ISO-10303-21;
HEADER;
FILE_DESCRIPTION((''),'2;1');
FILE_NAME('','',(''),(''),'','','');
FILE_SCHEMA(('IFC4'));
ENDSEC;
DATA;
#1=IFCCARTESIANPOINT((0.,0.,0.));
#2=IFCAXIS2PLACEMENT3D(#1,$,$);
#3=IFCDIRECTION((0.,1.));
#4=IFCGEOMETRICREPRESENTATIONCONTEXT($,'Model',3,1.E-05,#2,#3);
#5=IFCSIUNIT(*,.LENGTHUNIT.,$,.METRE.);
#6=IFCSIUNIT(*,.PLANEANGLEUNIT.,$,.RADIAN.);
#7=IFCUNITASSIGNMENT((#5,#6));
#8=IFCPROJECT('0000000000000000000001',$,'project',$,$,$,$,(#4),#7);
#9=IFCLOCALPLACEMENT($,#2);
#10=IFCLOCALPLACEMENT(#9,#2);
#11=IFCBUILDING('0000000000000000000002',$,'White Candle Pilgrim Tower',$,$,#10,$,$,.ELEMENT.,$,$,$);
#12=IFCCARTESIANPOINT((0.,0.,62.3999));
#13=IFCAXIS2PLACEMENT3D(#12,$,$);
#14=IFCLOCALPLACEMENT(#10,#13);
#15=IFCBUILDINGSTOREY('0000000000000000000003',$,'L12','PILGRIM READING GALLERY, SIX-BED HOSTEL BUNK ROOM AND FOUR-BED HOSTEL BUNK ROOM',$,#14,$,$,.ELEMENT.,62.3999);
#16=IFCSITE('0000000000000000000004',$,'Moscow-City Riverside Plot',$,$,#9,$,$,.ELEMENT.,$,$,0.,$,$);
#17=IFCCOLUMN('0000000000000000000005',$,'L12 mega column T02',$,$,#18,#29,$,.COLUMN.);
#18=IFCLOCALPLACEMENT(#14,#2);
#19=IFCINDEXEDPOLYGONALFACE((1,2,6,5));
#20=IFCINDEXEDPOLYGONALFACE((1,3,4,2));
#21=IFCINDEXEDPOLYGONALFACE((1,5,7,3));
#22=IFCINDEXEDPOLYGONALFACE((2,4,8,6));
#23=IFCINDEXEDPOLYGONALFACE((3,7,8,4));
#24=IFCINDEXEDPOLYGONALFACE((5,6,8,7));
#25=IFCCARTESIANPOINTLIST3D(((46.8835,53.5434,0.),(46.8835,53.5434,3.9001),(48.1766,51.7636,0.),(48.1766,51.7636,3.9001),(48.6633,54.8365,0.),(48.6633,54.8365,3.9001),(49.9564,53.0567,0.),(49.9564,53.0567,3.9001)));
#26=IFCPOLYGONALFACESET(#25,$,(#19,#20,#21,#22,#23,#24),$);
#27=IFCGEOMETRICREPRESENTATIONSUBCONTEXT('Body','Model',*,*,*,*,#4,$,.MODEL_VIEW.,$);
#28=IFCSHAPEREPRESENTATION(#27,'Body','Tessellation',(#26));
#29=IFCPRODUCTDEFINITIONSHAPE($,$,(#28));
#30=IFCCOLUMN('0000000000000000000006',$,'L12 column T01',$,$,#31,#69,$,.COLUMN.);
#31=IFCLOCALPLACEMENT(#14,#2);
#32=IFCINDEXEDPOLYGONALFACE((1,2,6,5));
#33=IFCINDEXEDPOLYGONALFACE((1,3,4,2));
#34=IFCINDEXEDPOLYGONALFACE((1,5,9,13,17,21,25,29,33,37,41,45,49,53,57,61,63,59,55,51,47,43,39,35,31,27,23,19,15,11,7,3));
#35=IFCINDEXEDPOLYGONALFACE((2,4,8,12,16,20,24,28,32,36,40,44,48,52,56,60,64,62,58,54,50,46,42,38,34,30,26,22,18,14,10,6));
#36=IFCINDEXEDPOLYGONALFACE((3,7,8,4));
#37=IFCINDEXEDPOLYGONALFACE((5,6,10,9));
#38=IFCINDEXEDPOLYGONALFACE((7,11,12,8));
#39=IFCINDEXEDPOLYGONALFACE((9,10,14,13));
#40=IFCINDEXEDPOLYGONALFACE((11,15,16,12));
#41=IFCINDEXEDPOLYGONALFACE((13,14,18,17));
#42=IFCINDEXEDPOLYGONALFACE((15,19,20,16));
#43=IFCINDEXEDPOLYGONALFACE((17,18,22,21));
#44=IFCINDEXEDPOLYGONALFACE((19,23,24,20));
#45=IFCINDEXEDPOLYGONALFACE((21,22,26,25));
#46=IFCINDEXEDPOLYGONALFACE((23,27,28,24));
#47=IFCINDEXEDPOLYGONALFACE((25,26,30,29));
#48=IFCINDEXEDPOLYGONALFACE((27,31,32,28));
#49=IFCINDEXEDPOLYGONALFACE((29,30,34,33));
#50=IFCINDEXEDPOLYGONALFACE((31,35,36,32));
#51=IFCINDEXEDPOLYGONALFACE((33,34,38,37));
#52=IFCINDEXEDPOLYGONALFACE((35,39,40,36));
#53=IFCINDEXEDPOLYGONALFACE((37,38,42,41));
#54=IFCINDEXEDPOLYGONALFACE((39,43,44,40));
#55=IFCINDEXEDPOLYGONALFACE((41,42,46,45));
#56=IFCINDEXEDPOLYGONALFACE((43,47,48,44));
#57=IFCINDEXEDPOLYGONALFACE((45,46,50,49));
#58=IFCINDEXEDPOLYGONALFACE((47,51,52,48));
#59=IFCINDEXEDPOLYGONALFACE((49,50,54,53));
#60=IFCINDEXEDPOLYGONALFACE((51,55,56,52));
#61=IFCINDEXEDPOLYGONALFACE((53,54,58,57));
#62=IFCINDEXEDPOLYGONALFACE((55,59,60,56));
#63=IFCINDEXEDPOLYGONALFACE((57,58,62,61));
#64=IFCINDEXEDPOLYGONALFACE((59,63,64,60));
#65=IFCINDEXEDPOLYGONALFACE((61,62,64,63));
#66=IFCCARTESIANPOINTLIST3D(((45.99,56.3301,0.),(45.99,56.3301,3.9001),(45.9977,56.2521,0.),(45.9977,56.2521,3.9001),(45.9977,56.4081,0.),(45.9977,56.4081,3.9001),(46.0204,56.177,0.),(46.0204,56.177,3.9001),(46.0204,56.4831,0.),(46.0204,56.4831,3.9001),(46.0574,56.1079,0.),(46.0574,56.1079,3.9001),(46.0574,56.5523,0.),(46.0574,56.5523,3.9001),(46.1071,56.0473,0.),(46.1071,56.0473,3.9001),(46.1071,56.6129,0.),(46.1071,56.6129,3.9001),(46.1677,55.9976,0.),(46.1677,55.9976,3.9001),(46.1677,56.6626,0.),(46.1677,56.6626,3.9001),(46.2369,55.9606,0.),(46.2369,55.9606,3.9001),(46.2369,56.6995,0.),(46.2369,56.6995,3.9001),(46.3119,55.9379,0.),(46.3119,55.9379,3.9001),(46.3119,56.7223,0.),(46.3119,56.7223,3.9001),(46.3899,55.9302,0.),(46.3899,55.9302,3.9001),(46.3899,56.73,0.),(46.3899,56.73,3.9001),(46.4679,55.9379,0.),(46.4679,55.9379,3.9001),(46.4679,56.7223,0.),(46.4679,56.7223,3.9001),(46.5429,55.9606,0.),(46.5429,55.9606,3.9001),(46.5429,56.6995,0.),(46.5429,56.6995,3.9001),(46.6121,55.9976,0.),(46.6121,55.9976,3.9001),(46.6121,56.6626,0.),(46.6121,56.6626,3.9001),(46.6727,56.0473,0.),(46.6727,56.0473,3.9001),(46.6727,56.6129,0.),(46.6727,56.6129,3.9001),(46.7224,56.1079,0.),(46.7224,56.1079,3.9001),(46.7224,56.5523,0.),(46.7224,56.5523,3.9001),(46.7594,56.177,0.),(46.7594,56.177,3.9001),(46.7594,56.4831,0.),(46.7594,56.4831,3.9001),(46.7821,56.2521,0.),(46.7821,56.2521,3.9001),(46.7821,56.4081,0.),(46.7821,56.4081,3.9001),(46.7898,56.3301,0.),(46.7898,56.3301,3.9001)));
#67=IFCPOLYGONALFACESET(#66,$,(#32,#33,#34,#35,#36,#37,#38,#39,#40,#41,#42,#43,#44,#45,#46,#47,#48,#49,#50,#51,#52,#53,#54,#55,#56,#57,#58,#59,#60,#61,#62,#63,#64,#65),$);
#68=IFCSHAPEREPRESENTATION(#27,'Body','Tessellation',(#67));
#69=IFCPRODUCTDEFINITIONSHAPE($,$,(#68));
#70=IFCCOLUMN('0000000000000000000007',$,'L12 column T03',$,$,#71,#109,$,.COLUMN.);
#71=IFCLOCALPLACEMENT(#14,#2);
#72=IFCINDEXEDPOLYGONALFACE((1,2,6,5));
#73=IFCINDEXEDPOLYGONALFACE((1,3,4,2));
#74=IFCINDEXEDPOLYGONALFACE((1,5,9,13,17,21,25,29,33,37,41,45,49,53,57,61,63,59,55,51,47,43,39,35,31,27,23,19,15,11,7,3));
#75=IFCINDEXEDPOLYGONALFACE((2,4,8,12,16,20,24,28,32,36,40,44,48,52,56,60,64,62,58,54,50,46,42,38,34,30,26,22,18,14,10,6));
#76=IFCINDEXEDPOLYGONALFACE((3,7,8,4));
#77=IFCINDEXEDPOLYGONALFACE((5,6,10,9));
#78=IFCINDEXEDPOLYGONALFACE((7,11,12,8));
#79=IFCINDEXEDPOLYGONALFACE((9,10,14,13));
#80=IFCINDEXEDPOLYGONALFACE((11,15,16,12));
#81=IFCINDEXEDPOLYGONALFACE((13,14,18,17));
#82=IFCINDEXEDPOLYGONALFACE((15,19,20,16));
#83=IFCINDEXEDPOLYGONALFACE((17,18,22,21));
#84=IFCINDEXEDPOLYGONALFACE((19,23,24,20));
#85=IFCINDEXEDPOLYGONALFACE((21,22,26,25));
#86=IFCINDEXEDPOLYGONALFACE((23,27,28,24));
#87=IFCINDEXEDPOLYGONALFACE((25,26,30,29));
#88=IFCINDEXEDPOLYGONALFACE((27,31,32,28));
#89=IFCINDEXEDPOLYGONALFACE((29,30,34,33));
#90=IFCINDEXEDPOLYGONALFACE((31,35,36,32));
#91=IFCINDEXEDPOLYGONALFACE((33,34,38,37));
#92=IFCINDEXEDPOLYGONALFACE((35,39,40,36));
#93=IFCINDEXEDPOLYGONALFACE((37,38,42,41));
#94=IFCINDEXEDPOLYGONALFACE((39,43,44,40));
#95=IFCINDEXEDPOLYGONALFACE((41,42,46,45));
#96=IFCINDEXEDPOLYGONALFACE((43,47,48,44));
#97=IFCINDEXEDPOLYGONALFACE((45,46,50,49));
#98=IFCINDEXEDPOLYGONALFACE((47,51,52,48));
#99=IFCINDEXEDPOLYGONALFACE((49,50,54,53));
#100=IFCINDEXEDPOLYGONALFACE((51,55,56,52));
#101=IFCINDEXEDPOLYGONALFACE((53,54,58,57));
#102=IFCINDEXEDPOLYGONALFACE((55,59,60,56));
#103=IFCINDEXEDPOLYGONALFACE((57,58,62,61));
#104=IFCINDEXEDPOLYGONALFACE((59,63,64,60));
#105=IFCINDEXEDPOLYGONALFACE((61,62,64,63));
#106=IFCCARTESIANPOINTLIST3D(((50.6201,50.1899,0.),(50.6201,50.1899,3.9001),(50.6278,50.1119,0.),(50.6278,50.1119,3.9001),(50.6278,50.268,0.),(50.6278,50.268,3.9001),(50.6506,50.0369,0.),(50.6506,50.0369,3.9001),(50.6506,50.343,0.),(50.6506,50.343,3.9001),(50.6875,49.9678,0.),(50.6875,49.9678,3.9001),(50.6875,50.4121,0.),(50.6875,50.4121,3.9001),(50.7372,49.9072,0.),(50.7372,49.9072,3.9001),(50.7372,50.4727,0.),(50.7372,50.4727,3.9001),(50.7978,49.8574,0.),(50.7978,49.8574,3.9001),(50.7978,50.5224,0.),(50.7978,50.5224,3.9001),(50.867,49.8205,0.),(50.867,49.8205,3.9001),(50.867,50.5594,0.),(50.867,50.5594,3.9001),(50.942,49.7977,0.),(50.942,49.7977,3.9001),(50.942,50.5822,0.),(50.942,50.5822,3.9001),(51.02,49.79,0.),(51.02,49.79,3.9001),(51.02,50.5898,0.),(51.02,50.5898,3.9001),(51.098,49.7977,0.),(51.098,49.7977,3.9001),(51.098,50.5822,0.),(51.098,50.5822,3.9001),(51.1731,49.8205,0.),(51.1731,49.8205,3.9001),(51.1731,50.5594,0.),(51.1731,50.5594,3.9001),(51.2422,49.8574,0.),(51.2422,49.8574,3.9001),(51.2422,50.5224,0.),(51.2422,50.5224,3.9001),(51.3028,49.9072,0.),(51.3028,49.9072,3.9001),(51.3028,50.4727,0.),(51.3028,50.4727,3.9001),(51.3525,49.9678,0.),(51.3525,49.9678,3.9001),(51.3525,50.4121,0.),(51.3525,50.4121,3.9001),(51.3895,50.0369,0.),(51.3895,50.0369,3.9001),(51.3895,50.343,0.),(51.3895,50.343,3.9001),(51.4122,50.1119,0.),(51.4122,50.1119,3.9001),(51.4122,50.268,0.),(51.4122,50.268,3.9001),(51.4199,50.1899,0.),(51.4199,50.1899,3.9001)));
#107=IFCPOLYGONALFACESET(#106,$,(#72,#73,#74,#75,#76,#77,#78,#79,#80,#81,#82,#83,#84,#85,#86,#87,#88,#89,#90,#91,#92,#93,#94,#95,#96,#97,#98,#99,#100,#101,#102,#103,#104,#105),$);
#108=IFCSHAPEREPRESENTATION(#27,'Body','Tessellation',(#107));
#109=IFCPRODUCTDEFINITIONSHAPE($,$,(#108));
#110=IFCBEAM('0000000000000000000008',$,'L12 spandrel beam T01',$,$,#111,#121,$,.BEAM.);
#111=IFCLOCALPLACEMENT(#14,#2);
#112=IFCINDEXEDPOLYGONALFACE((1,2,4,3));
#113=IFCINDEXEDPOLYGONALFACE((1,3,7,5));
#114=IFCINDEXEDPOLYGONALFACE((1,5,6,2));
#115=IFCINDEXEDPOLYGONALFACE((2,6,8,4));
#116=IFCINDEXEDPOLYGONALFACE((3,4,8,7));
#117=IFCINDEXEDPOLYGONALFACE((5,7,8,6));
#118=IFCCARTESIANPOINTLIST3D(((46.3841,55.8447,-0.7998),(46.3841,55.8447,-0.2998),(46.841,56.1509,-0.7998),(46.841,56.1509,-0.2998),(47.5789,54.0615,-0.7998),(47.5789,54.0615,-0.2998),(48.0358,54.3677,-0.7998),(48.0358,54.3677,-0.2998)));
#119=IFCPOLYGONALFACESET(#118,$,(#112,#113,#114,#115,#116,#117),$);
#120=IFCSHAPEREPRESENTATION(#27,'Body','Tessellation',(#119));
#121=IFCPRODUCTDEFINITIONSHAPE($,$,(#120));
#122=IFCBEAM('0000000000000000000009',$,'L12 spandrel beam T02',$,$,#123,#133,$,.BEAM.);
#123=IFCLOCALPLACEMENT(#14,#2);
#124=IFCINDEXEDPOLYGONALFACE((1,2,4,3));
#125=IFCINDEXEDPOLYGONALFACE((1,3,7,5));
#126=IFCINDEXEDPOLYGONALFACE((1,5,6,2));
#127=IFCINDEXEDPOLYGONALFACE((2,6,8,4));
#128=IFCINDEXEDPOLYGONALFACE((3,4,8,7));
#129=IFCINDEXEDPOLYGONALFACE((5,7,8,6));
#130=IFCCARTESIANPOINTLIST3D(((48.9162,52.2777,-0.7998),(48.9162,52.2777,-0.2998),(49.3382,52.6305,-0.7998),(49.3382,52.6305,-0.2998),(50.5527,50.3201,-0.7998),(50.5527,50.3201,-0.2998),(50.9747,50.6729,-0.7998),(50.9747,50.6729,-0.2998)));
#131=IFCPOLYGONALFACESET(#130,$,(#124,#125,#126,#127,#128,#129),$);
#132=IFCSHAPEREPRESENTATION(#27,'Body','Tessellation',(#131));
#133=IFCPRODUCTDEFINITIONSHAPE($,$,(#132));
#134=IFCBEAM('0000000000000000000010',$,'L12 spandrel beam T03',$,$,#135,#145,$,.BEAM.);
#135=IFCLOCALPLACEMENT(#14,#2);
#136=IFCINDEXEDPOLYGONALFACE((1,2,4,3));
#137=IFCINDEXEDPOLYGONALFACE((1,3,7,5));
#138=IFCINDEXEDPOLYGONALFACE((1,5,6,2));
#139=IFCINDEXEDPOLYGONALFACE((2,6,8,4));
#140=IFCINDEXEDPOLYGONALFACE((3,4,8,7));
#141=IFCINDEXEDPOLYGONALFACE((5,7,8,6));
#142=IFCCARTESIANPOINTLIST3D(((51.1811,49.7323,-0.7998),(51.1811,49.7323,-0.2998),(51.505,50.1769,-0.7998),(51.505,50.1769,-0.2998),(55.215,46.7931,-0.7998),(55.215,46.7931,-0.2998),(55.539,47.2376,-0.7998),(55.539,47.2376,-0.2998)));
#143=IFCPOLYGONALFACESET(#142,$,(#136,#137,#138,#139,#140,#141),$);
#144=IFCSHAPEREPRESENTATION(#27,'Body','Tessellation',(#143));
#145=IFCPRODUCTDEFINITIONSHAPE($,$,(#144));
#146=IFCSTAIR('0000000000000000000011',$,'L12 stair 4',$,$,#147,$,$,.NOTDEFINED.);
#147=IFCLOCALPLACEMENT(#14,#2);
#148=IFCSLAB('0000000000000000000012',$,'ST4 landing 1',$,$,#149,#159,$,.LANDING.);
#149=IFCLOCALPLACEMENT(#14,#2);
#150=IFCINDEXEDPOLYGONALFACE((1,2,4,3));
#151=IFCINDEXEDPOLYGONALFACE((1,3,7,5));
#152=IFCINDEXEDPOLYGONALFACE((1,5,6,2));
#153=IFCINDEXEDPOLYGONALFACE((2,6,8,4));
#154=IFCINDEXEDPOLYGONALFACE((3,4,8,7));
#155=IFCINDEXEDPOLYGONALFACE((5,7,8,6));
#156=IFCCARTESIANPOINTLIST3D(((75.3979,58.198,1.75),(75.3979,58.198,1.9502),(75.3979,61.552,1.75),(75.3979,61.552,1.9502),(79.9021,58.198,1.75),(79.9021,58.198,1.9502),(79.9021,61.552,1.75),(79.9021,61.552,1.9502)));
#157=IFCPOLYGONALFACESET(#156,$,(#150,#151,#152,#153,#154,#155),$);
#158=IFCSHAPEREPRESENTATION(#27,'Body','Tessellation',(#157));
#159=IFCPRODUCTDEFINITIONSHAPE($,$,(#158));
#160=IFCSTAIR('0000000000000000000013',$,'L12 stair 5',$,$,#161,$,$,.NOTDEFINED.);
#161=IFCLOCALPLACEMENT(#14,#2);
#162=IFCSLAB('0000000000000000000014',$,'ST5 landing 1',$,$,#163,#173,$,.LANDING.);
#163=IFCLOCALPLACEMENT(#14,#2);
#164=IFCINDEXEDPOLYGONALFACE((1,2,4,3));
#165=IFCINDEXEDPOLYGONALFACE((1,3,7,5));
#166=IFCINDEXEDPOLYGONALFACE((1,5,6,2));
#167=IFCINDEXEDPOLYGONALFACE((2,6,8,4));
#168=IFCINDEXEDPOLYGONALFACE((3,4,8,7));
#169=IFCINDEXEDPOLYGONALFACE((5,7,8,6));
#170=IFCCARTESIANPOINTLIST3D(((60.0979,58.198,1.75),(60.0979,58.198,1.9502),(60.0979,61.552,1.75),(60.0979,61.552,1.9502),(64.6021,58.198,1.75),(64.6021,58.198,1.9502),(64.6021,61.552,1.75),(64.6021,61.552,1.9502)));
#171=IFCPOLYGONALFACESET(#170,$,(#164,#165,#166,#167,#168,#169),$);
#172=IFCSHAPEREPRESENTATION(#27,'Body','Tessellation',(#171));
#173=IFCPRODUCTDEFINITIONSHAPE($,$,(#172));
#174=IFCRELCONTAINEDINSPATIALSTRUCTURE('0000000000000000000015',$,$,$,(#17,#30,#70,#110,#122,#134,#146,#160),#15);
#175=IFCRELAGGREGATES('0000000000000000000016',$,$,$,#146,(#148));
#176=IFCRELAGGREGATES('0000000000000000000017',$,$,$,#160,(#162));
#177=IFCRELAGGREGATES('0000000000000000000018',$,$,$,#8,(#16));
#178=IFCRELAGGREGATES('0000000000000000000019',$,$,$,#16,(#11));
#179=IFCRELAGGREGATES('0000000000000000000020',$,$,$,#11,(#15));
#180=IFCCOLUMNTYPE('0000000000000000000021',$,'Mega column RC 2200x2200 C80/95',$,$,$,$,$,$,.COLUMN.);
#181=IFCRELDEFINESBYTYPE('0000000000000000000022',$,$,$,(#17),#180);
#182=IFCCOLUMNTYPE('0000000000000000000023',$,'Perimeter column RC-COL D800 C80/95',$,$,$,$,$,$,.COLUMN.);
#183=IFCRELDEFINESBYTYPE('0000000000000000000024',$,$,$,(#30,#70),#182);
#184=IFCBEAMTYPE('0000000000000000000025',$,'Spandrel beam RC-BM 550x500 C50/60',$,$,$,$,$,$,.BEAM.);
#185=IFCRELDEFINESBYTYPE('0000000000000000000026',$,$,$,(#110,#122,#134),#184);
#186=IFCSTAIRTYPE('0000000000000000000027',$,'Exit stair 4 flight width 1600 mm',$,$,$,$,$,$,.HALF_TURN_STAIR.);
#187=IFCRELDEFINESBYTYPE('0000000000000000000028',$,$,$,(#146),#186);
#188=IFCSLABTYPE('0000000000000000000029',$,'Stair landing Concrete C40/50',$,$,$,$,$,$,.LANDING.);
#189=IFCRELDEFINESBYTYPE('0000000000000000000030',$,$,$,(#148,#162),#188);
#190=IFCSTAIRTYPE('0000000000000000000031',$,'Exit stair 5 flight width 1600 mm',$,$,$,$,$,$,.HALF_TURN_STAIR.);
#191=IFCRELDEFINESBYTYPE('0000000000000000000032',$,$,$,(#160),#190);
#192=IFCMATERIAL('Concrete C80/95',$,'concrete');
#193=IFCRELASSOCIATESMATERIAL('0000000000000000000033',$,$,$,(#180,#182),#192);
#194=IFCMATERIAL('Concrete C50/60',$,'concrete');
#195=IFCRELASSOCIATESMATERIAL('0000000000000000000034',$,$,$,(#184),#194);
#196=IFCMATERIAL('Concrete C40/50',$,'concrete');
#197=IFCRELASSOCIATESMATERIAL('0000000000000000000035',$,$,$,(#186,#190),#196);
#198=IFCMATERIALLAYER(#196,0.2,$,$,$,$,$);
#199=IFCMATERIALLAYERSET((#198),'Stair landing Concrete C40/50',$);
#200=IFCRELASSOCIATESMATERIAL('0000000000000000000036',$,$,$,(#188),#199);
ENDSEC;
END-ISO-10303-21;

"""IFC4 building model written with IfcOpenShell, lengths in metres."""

from ifc_helpers import new_model, si_unit, direction, frame, origin, origin_2d, place, context, subcontext, project, spatial, polyline, rectangle, circle, outline, extrude, material, layer, layer_set, material_profile, profile_set, type_object, element, aggregate, save


model = new_model("IFC4")

# Units and contexts
model_context = context("Model", 3, precision=1e-05, world=origin(), true_north=direction((0.0, 1.0)))
body_context = subcontext(model_context, "Body", "Model", "MODEL_VIEW")
ifc_project = project(units=[si_unit("LENGTHUNIT", "METRE"), si_unit("PLANEANGLEUNIT", "RADIAN")], contexts=[model_context])

# Site, building, storey
site_placement = place(None, origin())
site = spatial("IfcSite", under=ifc_project, at=site_placement, Name="Moscow-City Riverside Plot", CompositionType="ELEMENT", RefElevation=0.0)
building_placement = place(site_placement, origin())
building = spatial("IfcBuilding", under=site, at=building_placement, Name="White Candle Pilgrim Tower", CompositionType="ELEMENT")
storey_placement = place(building_placement, frame((0.0, 0.0, 62.3999)))
storey = spatial("IfcBuildingStorey", under=building, at=storey_placement, Name="L12", Description="PILGRIM READING GALLERY, SIX-BED HOSTEL BUNK ROOM AND FOUR-BED HOSTEL BUNK ROOM", CompositionType="ELEMENT", Elevation=62.3999)

# Columns
ifc_material_1 = material(Name="Concrete C80/95", Category="concrete")
ifc_material_profile_1 = material_profile(ifc_material_1, rectangle(XDim=2.2, YDim=2.2, at=origin_2d()), Name="RC 2200x2200")
ifc_profile_set_1 = profile_set([ifc_material_profile_1], Name="Concrete C80/95")
column_type_1 = type_object("IfcColumnType", Name="Mega column RC 2200x2200 C80/95", PredefinedType="COLUMN", material=ifc_profile_set_1)
column_placement = place(storey_placement, frame((48.4199, 53.3, 0.0), z_axis=(0.0, 0.0, 1.0), x_axis=(-0.809017, -0.587785, 0.0)))
element("IfcColumn", 1, at=column_placement, inside=storey, type_object=column_type_1, Name="L12 mega column T02", PredefinedType="COLUMN", context=body_context, shape_type="SweptSolid", body=[
    extrude(rectangle(XDim=2.2, YDim=2.2, at=origin_2d()), origin(), (0.0, 0.0, 1.0), 3.9001),
])
ifc_material_profile_2 = material_profile(ifc_material_1, circle(Radius=0.3999, at=origin_2d()), Name="RC-COL D800")
ifc_profile_set_2 = profile_set([ifc_material_profile_2], Name="Concrete C80/95")
column_type_2 = type_object("IfcColumnType", Name="Perimeter column RC-COL D800 C80/95", PredefinedType="COLUMN", material=ifc_profile_set_2)
for number, where, z_axis, x_axis, name in (
    (2, (46.3899, 56.3301, 0.0), (0.0, 0.0, 1.0), (1.0, 0.0, 0.0), "L12 column T01"),
    (3, (51.02, 50.1899, 0.0), (0.0, 0.0, 1.0), (1.0, 0.0, 0.0), "L12 column T03"),
):
    element("IfcColumn", number, at=place(storey_placement, frame(where, z_axis=z_axis, x_axis=x_axis)), inside=storey, type_object=column_type_2, Name=name, PredefinedType="COLUMN", context=body_context, shape_type="SweptSolid", body=[
        extrude(circle(Radius=0.3999, at=origin_2d()), origin(), (0.0, 0.0, 1.0), 3.9001),
    ])

# Beams
ifc_material_2 = material(Name="Concrete C50/60", Category="concrete")
ifc_material_profile_3 = material_profile(ifc_material_2, rectangle(XDim=0.55, YDim=0.5, at=origin_2d()), Name="RC-BM 550x500")
ifc_profile_set_3 = profile_set([ifc_material_profile_3], Name="Concrete C50/60")
beam_type = type_object("IfcBeamType", Name="Spandrel beam RC-BM 550x500 C50/60", PredefinedType="BEAM", material=ifc_profile_set_3)
beam_1_placement = place(storey_placement, frame((46.6125, 55.9978, -0.5498), z_axis=(0.556641, -0.830753, 0.0), x_axis=(0.830753, 0.556641, 0.0)))
element("IfcBeam", 4, at=beam_1_placement, inside=storey, type_object=beam_type, Name="L12 spandrel beam T01", PredefinedType="BEAM", context=body_context, shape_type="SweptSolid", body=[
    extrude(rectangle(XDim=0.55, YDim=0.5, at=origin_2d()), origin(), (0.0, 0.0, 1.0), 2.1465),
])
beam_2_placement = place(storey_placement, frame((49.1272, 52.4541, -0.5498), z_axis=(0.641388, -0.767216, 0.0), x_axis=(0.767216, 0.641388, 0.0)))
element("IfcBeam", 5, at=beam_2_placement, inside=storey, type_object=beam_type, Name="L12 spandrel beam T02", PredefinedType="BEAM", context=body_context, shape_type="SweptSolid", body=[
    extrude(rectangle(XDim=0.55, YDim=0.5, at=origin_2d()), origin(), (0.0, 0.0, 1.0), 2.5515),
])
beam_3_placement = place(storey_placement, frame((51.343, 49.9546, -0.5498), z_axis=(0.808218, -0.588884, 0.0), x_axis=(0.588884, 0.808218, 0.0)))
element("IfcBeam", 6, at=beam_3_placement, inside=storey, type_object=beam_type, Name="L12 spandrel beam T03", PredefinedType="BEAM", context=body_context, shape_type="SweptSolid", body=[
    extrude(rectangle(XDim=0.55, YDim=0.5, at=origin_2d()), origin(), (0.0, 0.0, 1.0), 4.9912),
])

# Stairs, slabs
ifc_material_3 = material(Name="Concrete C40/50", Category="concrete")
stair_type_1 = type_object("IfcStairType", Name="Exit stair 4 flight width 1600 mm", PredefinedType="HALF_TURN_STAIR", material=ifc_material_3)
stair_1_placement = place(storey_placement, origin())
stair_1 = element("IfcStair", 7, at=stair_1_placement, inside=storey, type_object=stair_type_1, Name="L12 stair 4", PredefinedType="NOTDEFINED")
ifc_layer_1 = layer(ifc_material_3, 0.2)
ifc_layer_set_1 = layer_set([ifc_layer_1], Name="Stair landing Concrete C40/50")
slab_type = type_object("IfcSlabType", Name="Stair landing Concrete C40/50", PredefinedType="LANDING", material=ifc_layer_set_1)
slab_1_placement = place(storey_placement, frame((0.0, 0.0, 1.75)))
slab_1 = element("IfcSlab", 8, at=slab_1_placement, type_object=slab_type, Name="ST4 landing 1", PredefinedType="LANDING", context=body_context, shape_type="SweptSolid", body=[
    extrude(outline(polyline([(79.9021, 61.552), (79.9021, 58.198), (75.3979, 58.198), (75.3979, 61.552), (79.9021, 61.552)])), origin(), (0.0, 0.0, 1.0), 0.2002),
])
aggregate(stair_1, [slab_1])
stair_type_2 = type_object("IfcStairType", Name="Exit stair 5 flight width 1600 mm", PredefinedType="HALF_TURN_STAIR", material=ifc_material_3)
stair_2_placement = place(storey_placement, origin())
stair_2 = element("IfcStair", 9, at=stair_2_placement, inside=storey, type_object=stair_type_2, Name="L12 stair 5", PredefinedType="NOTDEFINED")
slab_2_placement = place(storey_placement, frame((0.0, 0.0, 1.75)))
slab_2 = element("IfcSlab", 10, at=slab_2_placement, type_object=slab_type, Name="ST5 landing 1", PredefinedType="LANDING", context=body_context, shape_type="SweptSolid", body=[
    extrude(outline(polyline([(60.0979, 58.198), (60.0979, 61.552), (64.6021, 61.552), (64.6021, 58.198), (60.0979, 58.198)])), origin(), (0.0, 0.0, 1.0), 0.2002),
])
aggregate(stair_2, [slab_2])

save(model, "model.ifc")
